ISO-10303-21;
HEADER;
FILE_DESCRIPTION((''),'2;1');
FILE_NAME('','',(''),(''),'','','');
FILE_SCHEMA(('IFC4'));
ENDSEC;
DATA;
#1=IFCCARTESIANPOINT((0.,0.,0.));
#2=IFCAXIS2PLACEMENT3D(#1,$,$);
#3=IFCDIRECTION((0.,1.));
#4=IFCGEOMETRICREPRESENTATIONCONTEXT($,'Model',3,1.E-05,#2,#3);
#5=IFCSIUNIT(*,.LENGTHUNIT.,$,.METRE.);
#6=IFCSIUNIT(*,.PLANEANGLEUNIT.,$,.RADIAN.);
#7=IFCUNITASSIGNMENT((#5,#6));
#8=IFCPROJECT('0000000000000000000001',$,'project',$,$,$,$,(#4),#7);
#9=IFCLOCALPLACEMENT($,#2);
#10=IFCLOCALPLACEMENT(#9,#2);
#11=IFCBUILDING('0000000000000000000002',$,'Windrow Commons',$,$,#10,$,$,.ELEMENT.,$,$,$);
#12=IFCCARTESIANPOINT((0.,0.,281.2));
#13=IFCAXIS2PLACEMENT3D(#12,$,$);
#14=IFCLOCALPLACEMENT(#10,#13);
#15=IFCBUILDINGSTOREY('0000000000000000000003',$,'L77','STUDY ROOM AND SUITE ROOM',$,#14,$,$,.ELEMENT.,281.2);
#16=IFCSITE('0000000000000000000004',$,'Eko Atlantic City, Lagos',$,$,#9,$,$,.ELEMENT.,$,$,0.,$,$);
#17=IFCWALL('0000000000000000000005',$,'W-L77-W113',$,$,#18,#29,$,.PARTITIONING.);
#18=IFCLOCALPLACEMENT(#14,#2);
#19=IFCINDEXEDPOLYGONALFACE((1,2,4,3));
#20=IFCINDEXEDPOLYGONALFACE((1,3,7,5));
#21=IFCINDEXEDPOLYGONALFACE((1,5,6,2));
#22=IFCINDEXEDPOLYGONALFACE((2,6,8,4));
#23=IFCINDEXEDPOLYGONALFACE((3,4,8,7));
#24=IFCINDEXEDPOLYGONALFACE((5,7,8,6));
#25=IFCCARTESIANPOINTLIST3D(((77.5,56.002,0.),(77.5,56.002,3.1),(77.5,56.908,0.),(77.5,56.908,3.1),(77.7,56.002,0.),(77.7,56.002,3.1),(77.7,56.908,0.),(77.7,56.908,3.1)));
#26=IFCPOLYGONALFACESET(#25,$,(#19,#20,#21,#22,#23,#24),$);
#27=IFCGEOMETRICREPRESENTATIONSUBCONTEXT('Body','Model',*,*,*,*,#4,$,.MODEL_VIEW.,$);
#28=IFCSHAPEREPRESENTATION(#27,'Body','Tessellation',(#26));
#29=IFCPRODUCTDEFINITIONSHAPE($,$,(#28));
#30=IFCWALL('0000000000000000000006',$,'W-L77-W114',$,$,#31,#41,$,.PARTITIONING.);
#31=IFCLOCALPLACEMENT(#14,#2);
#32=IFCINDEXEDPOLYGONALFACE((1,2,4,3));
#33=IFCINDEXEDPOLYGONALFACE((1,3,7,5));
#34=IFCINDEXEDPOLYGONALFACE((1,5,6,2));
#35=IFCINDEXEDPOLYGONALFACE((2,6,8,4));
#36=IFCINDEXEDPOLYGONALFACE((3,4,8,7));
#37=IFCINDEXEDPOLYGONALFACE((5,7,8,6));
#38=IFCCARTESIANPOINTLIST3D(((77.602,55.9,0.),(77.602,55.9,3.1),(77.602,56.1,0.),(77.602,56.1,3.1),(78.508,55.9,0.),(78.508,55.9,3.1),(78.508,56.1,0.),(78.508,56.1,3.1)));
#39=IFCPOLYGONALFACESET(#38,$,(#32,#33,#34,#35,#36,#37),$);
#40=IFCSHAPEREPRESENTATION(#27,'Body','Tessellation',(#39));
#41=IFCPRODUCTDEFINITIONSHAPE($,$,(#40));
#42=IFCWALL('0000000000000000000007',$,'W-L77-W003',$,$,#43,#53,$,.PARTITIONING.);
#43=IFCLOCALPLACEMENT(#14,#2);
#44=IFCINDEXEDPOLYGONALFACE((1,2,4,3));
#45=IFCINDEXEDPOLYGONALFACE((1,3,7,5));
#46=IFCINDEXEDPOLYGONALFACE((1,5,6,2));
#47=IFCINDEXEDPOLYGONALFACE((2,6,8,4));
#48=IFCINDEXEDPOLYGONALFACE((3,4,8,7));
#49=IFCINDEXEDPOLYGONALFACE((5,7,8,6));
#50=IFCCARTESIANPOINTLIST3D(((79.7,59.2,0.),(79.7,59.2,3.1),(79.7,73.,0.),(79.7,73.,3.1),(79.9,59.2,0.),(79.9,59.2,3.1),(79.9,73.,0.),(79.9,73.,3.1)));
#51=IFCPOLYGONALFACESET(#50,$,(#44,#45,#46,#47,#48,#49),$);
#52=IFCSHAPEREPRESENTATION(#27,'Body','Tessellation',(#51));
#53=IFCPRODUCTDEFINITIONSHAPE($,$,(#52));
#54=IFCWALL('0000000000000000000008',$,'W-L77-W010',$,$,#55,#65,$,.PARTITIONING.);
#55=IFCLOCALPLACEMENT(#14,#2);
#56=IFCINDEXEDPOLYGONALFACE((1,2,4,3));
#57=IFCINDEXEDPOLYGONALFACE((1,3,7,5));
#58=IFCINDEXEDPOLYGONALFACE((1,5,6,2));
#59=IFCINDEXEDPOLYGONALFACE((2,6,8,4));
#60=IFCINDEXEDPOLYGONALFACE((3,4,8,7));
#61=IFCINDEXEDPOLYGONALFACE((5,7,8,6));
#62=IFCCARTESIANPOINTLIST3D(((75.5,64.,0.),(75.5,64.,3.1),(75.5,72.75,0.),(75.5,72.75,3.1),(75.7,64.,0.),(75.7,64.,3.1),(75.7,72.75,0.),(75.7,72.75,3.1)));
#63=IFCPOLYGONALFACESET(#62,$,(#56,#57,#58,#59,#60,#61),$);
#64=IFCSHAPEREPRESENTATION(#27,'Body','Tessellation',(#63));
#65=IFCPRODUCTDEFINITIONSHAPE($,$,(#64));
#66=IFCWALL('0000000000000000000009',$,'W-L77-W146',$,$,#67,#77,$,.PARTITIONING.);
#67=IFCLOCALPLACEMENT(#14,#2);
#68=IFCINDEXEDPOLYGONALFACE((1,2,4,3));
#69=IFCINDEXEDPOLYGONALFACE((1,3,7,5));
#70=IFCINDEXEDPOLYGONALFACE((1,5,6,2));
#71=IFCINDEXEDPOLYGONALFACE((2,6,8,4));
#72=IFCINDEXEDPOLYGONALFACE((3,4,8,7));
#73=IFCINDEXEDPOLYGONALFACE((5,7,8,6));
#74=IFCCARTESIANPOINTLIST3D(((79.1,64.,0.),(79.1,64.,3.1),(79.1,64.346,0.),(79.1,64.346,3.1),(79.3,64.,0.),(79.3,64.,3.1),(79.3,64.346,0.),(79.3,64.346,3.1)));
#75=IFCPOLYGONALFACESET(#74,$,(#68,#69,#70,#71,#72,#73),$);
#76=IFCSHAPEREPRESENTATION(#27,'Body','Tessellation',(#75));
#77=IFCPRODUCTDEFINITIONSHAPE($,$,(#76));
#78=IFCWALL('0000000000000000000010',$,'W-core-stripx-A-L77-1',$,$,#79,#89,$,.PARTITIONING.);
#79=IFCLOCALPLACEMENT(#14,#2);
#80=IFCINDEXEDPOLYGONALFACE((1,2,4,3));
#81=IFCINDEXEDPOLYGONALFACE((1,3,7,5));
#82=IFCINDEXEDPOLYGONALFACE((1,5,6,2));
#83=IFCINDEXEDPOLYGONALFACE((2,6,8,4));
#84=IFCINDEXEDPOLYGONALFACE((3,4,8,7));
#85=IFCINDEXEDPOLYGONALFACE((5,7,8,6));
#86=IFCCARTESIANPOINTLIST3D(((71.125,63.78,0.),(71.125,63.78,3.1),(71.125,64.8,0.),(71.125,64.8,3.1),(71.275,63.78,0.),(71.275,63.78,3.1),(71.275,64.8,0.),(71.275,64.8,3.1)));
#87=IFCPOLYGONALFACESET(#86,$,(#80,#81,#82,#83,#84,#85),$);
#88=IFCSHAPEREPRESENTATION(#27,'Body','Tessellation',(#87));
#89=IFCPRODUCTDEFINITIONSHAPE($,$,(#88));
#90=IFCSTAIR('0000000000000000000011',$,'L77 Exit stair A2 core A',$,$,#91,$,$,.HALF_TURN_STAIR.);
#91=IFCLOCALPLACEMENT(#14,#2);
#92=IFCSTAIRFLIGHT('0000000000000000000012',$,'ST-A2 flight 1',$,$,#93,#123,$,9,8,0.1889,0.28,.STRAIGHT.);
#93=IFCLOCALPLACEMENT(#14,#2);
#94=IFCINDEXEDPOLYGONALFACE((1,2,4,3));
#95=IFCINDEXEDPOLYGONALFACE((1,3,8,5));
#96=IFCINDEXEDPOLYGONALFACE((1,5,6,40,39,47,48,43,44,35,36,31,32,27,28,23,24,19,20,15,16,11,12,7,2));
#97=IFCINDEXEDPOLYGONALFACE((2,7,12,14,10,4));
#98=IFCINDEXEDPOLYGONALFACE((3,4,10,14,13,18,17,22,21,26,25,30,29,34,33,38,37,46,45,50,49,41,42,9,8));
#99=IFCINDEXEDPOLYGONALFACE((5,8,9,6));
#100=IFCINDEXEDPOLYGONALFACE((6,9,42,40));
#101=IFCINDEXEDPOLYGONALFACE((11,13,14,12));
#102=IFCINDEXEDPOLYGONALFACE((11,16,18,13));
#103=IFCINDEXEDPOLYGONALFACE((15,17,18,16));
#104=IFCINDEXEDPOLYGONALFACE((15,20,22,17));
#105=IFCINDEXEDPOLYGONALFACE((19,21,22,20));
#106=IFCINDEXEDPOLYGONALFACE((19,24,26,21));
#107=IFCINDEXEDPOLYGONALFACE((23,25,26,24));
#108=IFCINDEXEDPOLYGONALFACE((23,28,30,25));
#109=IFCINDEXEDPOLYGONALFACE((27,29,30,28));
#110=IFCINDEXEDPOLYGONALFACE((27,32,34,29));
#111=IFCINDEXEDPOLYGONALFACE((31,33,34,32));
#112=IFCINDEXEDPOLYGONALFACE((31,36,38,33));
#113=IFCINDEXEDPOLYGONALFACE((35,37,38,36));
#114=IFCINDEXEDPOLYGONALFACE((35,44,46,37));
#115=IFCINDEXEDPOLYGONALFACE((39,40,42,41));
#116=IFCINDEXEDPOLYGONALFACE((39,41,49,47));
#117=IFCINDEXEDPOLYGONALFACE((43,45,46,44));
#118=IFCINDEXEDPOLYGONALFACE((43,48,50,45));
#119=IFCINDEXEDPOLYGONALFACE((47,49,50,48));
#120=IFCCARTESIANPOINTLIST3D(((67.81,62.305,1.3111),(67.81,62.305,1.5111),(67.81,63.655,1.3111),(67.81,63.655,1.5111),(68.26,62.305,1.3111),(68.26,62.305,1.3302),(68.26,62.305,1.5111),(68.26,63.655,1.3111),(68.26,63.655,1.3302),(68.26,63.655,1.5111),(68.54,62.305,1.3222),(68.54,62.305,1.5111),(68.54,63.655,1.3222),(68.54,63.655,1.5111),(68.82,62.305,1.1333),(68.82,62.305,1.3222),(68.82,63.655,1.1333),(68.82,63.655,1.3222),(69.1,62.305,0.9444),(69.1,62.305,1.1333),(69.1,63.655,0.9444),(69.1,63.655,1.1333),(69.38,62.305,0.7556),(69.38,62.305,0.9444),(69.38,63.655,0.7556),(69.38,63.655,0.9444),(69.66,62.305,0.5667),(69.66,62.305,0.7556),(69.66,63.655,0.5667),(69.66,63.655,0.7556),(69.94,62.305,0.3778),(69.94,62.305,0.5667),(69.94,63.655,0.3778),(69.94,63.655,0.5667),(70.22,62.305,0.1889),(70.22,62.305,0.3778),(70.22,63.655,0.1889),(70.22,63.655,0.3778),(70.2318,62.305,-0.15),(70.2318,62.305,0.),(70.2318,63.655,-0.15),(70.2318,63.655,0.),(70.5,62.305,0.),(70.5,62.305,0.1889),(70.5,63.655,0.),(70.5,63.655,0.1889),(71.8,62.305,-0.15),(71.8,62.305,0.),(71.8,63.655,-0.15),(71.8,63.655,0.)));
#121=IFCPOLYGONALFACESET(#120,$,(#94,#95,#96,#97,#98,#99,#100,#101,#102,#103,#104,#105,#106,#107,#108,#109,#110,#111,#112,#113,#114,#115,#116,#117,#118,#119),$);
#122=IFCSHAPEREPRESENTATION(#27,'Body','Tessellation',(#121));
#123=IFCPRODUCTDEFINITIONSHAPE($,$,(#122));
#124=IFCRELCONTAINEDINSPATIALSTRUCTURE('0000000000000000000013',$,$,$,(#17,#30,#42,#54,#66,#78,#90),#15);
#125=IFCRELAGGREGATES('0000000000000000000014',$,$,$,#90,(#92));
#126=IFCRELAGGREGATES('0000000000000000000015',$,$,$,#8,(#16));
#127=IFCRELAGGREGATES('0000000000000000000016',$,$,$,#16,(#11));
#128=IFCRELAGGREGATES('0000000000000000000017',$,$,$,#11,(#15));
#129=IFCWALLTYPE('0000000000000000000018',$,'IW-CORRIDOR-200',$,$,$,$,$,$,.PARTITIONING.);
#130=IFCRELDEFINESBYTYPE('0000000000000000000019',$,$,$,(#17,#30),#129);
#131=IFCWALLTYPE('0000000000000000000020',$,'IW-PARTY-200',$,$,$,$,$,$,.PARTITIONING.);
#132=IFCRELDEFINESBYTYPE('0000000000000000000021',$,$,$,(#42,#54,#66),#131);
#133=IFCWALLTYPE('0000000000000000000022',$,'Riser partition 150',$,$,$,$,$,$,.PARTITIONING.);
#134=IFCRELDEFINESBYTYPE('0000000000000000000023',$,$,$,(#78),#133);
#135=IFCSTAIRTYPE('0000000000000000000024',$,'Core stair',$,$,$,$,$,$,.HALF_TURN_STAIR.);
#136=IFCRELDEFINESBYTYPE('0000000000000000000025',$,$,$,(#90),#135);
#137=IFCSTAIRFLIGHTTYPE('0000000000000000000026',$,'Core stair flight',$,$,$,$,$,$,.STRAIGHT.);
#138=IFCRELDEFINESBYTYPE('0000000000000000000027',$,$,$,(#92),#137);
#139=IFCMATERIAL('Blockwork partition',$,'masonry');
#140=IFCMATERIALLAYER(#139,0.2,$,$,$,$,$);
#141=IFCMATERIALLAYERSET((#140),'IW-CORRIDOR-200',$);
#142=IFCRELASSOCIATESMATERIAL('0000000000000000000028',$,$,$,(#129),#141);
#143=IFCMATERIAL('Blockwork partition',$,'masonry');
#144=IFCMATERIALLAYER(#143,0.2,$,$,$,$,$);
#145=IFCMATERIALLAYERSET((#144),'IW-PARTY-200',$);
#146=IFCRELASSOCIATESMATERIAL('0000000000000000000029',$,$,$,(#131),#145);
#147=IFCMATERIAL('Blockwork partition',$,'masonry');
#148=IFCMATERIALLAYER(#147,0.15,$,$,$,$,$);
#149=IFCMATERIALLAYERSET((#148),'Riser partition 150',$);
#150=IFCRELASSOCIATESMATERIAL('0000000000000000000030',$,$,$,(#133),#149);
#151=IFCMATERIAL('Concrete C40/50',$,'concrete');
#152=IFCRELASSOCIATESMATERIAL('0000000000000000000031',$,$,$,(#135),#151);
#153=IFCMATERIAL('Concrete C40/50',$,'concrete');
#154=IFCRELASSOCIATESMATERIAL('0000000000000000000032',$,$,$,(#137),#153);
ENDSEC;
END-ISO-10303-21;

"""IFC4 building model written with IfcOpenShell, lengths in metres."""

from ifc_helpers import new_model, si_unit, direction, frame, frame_2d, origin, place, context, subcontext, project, spatial, polyline, rectangle, outline, extrude, material, layer, layer_set, type_object, element, aggregate, save


model = new_model("IFC4")

# Units and contexts
model_context = context("Model", 3, precision=1e-05, world=origin(), true_north=direction((0.0, 1.0)))
body_context = subcontext(model_context, "Body", "Model", "MODEL_VIEW")
ifc_project = project(units=[si_unit("LENGTHUNIT", "METRE"), si_unit("PLANEANGLEUNIT", "RADIAN")], contexts=[model_context])

# Site, building, storey
site_placement = place(None, origin())
site = spatial("IfcSite", under=ifc_project, at=site_placement, Name="Eko Atlantic City, Lagos", CompositionType="ELEMENT", RefElevation=0.0)
building_placement = place(site_placement, origin())
building = spatial("IfcBuilding", under=site, at=building_placement, Name="Windrow Commons", CompositionType="ELEMENT")
storey_placement = place(building_placement, frame((0.0, 0.0, 281.2)))
storey = spatial("IfcBuildingStorey", under=building, at=storey_placement, Name="L77", Description="STUDY ROOM AND SUITE ROOM", CompositionType="ELEMENT", Elevation=281.2)

# Shared definitions
ifc_material_1 = material(Name="Blockwork partition", Category="masonry")
ifc_layer_1 = layer(ifc_material_1, 0.2)
ifc_layer_set_1 = layer_set([ifc_layer_1], Name="IW-CORRIDOR-200")
wall_type_1 = type_object("IfcWallType", Name="IW-CORRIDOR-200", PredefinedType="PARTITIONING", material=ifc_layer_set_1)

# Walls
for number, where, z_axis, x_axis, name in (
    (1, (77.6, 56.002, 0.0), (0.0, 0.0, 1.0), (0.0, 1.0, 0.0), "W-L77-W113"),
    (2, (77.602, 56.0, 0.0), (0.0, 0.0, 1.0), (1.0, 0.0, 0.0), "W-L77-W114"),
):
    element("IfcWall", number, at=place(storey_placement, frame(where, z_axis=z_axis, x_axis=x_axis)), inside=storey, type_object=wall_type_1, Name=name, PredefinedType="PARTITIONING", context=body_context, shape_type="SweptSolid", body=[
        extrude(rectangle(XDim=0.906, YDim=0.2, at=frame_2d((0.453, 0.0))), origin(), (0.0, 0.0, 1.0), 3.1),
    ])
ifc_material_2 = material(Name="Blockwork partition", Category="masonry")
ifc_layer_2 = layer(ifc_material_2, 0.2)
ifc_layer_set_2 = layer_set([ifc_layer_2], Name="IW-PARTY-200")
wall_type_2 = type_object("IfcWallType", Name="IW-PARTY-200", PredefinedType="PARTITIONING", material=ifc_layer_set_2)
wall_1_placement = place(storey_placement, frame((79.8, 59.2, 0.0), z_axis=(0.0, 0.0, 1.0), x_axis=(0.0, 1.0, 0.0)))
element("IfcWall", 3, at=wall_1_placement, inside=storey, type_object=wall_type_2, Name="W-L77-W003", PredefinedType="PARTITIONING", context=body_context, shape_type="SweptSolid", body=[
    extrude(rectangle(XDim=13.8, YDim=0.2, at=frame_2d((6.9, 0.0))), origin(), (0.0, 0.0, 1.0), 3.1),
])
wall_2_placement = place(storey_placement, frame((75.6, 64.0, 0.0), z_axis=(0.0, 0.0, 1.0), x_axis=(0.0, 1.0, 0.0)))
element("IfcWall", 4, at=wall_2_placement, inside=storey, type_object=wall_type_2, Name="W-L77-W010", PredefinedType="PARTITIONING", context=body_context, shape_type="SweptSolid", body=[
    extrude(rectangle(XDim=8.75, YDim=0.2, at=frame_2d((4.375, 0.0))), origin(), (0.0, 0.0, 1.0), 3.1),
])
wall_3_placement = place(storey_placement, frame((79.2, 64.0, 0.0), z_axis=(0.0, 0.0, 1.0), x_axis=(0.0, 1.0, 0.0)))
element("IfcWall", 5, at=wall_3_placement, inside=storey, type_object=wall_type_2, Name="W-L77-W146", PredefinedType="PARTITIONING", context=body_context, shape_type="SweptSolid", body=[
    extrude(rectangle(XDim=0.346, YDim=0.2, at=frame_2d((0.173, 0.0))), origin(), (0.0, 0.0, 1.0), 3.1),
])
ifc_material_3 = material(Name="Blockwork partition", Category="masonry")
ifc_layer_3 = layer(ifc_material_3, 0.15)
ifc_layer_set_3 = layer_set([ifc_layer_3], Name="Riser partition 150")
wall_type_3 = type_object("IfcWallType", Name="Riser partition 150", PredefinedType="PARTITIONING", material=ifc_layer_set_3)
wall_4_placement = place(storey_placement, frame((71.2, 63.78, 0.0), z_axis=(0.0, 0.0, 1.0), x_axis=(0.0, 1.0, 0.0)))
element("IfcWall", 6, at=wall_4_placement, inside=storey, type_object=wall_type_3, Name="W-core-stripx-A-L77-1", PredefinedType="PARTITIONING", context=body_context, shape_type="SweptSolid", body=[
    extrude(rectangle(XDim=1.02, YDim=0.15, at=frame_2d((0.51, 0.0))), origin(), (0.0, 0.0, 1.0), 3.1),
])

# Stair, stair flight
ifc_material_4 = material(Name="Concrete C40/50", Category="concrete")
stair_type = type_object("IfcStairType", Name="Core stair", PredefinedType="HALF_TURN_STAIR", material=ifc_material_4)
stair_placement = place(storey_placement, origin())
stair = element("IfcStair", 7, at=stair_placement, inside=storey, type_object=stair_type, Name="L77 Exit stair A2 core A", PredefinedType="HALF_TURN_STAIR")
ifc_material_5 = material(Name="Concrete C40/50", Category="concrete")
stair_flight_type = type_object("IfcStairFlightType", Name="Core stair flight", PredefinedType="STRAIGHT", material=ifc_material_5)
stair_flight_placement = place(storey_placement, frame((70.5, 62.98, 0.0), z_axis=(0.0, 0.0, 1.0), x_axis=(-1.0, 0.0, 0.0)))
stair_flight = element("IfcStairFlight", 8, at=stair_flight_placement, type_object=stair_flight_type, Name="ST-A2 flight 1", NumberOfRisers=9, NumberOfTreads=8, PredefinedType="STRAIGHT", RiserHeight=0.1889, TreadLength=0.28, context=body_context, shape_type="SweptSolid", body=[
    extrude(outline(polyline([(-1.3, -0.15), (-1.3, 0.0), (0.0, 0.0), (0.0, 0.1889), (0.28, 0.1889), (0.28, 0.3778), (0.56, 0.3778), (0.56, 0.5667), (0.84, 0.5667), (0.84, 0.7556), (1.12, 0.7556), (1.12, 0.9444), (1.4, 0.9444), (1.4, 1.1333), (1.68, 1.1333), (1.68, 1.3222), (1.96, 1.3222), (1.96, 1.5111), (2.24, 1.5111), (2.69, 1.5111), (2.69, 1.3111), (2.24, 1.3111), (2.24, 1.3302), (0.2682, 0.0), (0.2682, -0.15), (-1.3, -0.15)])), frame((0.0, 0.675, 0.0), z_axis=(0.0, -1.0, 0.0), x_axis=(1.0, 0.0, 0.0)), (0.0, 0.0, 1.0), 1.35),
])
aggregate(stair, [stair_flight])

save(model, "model.ifc")
